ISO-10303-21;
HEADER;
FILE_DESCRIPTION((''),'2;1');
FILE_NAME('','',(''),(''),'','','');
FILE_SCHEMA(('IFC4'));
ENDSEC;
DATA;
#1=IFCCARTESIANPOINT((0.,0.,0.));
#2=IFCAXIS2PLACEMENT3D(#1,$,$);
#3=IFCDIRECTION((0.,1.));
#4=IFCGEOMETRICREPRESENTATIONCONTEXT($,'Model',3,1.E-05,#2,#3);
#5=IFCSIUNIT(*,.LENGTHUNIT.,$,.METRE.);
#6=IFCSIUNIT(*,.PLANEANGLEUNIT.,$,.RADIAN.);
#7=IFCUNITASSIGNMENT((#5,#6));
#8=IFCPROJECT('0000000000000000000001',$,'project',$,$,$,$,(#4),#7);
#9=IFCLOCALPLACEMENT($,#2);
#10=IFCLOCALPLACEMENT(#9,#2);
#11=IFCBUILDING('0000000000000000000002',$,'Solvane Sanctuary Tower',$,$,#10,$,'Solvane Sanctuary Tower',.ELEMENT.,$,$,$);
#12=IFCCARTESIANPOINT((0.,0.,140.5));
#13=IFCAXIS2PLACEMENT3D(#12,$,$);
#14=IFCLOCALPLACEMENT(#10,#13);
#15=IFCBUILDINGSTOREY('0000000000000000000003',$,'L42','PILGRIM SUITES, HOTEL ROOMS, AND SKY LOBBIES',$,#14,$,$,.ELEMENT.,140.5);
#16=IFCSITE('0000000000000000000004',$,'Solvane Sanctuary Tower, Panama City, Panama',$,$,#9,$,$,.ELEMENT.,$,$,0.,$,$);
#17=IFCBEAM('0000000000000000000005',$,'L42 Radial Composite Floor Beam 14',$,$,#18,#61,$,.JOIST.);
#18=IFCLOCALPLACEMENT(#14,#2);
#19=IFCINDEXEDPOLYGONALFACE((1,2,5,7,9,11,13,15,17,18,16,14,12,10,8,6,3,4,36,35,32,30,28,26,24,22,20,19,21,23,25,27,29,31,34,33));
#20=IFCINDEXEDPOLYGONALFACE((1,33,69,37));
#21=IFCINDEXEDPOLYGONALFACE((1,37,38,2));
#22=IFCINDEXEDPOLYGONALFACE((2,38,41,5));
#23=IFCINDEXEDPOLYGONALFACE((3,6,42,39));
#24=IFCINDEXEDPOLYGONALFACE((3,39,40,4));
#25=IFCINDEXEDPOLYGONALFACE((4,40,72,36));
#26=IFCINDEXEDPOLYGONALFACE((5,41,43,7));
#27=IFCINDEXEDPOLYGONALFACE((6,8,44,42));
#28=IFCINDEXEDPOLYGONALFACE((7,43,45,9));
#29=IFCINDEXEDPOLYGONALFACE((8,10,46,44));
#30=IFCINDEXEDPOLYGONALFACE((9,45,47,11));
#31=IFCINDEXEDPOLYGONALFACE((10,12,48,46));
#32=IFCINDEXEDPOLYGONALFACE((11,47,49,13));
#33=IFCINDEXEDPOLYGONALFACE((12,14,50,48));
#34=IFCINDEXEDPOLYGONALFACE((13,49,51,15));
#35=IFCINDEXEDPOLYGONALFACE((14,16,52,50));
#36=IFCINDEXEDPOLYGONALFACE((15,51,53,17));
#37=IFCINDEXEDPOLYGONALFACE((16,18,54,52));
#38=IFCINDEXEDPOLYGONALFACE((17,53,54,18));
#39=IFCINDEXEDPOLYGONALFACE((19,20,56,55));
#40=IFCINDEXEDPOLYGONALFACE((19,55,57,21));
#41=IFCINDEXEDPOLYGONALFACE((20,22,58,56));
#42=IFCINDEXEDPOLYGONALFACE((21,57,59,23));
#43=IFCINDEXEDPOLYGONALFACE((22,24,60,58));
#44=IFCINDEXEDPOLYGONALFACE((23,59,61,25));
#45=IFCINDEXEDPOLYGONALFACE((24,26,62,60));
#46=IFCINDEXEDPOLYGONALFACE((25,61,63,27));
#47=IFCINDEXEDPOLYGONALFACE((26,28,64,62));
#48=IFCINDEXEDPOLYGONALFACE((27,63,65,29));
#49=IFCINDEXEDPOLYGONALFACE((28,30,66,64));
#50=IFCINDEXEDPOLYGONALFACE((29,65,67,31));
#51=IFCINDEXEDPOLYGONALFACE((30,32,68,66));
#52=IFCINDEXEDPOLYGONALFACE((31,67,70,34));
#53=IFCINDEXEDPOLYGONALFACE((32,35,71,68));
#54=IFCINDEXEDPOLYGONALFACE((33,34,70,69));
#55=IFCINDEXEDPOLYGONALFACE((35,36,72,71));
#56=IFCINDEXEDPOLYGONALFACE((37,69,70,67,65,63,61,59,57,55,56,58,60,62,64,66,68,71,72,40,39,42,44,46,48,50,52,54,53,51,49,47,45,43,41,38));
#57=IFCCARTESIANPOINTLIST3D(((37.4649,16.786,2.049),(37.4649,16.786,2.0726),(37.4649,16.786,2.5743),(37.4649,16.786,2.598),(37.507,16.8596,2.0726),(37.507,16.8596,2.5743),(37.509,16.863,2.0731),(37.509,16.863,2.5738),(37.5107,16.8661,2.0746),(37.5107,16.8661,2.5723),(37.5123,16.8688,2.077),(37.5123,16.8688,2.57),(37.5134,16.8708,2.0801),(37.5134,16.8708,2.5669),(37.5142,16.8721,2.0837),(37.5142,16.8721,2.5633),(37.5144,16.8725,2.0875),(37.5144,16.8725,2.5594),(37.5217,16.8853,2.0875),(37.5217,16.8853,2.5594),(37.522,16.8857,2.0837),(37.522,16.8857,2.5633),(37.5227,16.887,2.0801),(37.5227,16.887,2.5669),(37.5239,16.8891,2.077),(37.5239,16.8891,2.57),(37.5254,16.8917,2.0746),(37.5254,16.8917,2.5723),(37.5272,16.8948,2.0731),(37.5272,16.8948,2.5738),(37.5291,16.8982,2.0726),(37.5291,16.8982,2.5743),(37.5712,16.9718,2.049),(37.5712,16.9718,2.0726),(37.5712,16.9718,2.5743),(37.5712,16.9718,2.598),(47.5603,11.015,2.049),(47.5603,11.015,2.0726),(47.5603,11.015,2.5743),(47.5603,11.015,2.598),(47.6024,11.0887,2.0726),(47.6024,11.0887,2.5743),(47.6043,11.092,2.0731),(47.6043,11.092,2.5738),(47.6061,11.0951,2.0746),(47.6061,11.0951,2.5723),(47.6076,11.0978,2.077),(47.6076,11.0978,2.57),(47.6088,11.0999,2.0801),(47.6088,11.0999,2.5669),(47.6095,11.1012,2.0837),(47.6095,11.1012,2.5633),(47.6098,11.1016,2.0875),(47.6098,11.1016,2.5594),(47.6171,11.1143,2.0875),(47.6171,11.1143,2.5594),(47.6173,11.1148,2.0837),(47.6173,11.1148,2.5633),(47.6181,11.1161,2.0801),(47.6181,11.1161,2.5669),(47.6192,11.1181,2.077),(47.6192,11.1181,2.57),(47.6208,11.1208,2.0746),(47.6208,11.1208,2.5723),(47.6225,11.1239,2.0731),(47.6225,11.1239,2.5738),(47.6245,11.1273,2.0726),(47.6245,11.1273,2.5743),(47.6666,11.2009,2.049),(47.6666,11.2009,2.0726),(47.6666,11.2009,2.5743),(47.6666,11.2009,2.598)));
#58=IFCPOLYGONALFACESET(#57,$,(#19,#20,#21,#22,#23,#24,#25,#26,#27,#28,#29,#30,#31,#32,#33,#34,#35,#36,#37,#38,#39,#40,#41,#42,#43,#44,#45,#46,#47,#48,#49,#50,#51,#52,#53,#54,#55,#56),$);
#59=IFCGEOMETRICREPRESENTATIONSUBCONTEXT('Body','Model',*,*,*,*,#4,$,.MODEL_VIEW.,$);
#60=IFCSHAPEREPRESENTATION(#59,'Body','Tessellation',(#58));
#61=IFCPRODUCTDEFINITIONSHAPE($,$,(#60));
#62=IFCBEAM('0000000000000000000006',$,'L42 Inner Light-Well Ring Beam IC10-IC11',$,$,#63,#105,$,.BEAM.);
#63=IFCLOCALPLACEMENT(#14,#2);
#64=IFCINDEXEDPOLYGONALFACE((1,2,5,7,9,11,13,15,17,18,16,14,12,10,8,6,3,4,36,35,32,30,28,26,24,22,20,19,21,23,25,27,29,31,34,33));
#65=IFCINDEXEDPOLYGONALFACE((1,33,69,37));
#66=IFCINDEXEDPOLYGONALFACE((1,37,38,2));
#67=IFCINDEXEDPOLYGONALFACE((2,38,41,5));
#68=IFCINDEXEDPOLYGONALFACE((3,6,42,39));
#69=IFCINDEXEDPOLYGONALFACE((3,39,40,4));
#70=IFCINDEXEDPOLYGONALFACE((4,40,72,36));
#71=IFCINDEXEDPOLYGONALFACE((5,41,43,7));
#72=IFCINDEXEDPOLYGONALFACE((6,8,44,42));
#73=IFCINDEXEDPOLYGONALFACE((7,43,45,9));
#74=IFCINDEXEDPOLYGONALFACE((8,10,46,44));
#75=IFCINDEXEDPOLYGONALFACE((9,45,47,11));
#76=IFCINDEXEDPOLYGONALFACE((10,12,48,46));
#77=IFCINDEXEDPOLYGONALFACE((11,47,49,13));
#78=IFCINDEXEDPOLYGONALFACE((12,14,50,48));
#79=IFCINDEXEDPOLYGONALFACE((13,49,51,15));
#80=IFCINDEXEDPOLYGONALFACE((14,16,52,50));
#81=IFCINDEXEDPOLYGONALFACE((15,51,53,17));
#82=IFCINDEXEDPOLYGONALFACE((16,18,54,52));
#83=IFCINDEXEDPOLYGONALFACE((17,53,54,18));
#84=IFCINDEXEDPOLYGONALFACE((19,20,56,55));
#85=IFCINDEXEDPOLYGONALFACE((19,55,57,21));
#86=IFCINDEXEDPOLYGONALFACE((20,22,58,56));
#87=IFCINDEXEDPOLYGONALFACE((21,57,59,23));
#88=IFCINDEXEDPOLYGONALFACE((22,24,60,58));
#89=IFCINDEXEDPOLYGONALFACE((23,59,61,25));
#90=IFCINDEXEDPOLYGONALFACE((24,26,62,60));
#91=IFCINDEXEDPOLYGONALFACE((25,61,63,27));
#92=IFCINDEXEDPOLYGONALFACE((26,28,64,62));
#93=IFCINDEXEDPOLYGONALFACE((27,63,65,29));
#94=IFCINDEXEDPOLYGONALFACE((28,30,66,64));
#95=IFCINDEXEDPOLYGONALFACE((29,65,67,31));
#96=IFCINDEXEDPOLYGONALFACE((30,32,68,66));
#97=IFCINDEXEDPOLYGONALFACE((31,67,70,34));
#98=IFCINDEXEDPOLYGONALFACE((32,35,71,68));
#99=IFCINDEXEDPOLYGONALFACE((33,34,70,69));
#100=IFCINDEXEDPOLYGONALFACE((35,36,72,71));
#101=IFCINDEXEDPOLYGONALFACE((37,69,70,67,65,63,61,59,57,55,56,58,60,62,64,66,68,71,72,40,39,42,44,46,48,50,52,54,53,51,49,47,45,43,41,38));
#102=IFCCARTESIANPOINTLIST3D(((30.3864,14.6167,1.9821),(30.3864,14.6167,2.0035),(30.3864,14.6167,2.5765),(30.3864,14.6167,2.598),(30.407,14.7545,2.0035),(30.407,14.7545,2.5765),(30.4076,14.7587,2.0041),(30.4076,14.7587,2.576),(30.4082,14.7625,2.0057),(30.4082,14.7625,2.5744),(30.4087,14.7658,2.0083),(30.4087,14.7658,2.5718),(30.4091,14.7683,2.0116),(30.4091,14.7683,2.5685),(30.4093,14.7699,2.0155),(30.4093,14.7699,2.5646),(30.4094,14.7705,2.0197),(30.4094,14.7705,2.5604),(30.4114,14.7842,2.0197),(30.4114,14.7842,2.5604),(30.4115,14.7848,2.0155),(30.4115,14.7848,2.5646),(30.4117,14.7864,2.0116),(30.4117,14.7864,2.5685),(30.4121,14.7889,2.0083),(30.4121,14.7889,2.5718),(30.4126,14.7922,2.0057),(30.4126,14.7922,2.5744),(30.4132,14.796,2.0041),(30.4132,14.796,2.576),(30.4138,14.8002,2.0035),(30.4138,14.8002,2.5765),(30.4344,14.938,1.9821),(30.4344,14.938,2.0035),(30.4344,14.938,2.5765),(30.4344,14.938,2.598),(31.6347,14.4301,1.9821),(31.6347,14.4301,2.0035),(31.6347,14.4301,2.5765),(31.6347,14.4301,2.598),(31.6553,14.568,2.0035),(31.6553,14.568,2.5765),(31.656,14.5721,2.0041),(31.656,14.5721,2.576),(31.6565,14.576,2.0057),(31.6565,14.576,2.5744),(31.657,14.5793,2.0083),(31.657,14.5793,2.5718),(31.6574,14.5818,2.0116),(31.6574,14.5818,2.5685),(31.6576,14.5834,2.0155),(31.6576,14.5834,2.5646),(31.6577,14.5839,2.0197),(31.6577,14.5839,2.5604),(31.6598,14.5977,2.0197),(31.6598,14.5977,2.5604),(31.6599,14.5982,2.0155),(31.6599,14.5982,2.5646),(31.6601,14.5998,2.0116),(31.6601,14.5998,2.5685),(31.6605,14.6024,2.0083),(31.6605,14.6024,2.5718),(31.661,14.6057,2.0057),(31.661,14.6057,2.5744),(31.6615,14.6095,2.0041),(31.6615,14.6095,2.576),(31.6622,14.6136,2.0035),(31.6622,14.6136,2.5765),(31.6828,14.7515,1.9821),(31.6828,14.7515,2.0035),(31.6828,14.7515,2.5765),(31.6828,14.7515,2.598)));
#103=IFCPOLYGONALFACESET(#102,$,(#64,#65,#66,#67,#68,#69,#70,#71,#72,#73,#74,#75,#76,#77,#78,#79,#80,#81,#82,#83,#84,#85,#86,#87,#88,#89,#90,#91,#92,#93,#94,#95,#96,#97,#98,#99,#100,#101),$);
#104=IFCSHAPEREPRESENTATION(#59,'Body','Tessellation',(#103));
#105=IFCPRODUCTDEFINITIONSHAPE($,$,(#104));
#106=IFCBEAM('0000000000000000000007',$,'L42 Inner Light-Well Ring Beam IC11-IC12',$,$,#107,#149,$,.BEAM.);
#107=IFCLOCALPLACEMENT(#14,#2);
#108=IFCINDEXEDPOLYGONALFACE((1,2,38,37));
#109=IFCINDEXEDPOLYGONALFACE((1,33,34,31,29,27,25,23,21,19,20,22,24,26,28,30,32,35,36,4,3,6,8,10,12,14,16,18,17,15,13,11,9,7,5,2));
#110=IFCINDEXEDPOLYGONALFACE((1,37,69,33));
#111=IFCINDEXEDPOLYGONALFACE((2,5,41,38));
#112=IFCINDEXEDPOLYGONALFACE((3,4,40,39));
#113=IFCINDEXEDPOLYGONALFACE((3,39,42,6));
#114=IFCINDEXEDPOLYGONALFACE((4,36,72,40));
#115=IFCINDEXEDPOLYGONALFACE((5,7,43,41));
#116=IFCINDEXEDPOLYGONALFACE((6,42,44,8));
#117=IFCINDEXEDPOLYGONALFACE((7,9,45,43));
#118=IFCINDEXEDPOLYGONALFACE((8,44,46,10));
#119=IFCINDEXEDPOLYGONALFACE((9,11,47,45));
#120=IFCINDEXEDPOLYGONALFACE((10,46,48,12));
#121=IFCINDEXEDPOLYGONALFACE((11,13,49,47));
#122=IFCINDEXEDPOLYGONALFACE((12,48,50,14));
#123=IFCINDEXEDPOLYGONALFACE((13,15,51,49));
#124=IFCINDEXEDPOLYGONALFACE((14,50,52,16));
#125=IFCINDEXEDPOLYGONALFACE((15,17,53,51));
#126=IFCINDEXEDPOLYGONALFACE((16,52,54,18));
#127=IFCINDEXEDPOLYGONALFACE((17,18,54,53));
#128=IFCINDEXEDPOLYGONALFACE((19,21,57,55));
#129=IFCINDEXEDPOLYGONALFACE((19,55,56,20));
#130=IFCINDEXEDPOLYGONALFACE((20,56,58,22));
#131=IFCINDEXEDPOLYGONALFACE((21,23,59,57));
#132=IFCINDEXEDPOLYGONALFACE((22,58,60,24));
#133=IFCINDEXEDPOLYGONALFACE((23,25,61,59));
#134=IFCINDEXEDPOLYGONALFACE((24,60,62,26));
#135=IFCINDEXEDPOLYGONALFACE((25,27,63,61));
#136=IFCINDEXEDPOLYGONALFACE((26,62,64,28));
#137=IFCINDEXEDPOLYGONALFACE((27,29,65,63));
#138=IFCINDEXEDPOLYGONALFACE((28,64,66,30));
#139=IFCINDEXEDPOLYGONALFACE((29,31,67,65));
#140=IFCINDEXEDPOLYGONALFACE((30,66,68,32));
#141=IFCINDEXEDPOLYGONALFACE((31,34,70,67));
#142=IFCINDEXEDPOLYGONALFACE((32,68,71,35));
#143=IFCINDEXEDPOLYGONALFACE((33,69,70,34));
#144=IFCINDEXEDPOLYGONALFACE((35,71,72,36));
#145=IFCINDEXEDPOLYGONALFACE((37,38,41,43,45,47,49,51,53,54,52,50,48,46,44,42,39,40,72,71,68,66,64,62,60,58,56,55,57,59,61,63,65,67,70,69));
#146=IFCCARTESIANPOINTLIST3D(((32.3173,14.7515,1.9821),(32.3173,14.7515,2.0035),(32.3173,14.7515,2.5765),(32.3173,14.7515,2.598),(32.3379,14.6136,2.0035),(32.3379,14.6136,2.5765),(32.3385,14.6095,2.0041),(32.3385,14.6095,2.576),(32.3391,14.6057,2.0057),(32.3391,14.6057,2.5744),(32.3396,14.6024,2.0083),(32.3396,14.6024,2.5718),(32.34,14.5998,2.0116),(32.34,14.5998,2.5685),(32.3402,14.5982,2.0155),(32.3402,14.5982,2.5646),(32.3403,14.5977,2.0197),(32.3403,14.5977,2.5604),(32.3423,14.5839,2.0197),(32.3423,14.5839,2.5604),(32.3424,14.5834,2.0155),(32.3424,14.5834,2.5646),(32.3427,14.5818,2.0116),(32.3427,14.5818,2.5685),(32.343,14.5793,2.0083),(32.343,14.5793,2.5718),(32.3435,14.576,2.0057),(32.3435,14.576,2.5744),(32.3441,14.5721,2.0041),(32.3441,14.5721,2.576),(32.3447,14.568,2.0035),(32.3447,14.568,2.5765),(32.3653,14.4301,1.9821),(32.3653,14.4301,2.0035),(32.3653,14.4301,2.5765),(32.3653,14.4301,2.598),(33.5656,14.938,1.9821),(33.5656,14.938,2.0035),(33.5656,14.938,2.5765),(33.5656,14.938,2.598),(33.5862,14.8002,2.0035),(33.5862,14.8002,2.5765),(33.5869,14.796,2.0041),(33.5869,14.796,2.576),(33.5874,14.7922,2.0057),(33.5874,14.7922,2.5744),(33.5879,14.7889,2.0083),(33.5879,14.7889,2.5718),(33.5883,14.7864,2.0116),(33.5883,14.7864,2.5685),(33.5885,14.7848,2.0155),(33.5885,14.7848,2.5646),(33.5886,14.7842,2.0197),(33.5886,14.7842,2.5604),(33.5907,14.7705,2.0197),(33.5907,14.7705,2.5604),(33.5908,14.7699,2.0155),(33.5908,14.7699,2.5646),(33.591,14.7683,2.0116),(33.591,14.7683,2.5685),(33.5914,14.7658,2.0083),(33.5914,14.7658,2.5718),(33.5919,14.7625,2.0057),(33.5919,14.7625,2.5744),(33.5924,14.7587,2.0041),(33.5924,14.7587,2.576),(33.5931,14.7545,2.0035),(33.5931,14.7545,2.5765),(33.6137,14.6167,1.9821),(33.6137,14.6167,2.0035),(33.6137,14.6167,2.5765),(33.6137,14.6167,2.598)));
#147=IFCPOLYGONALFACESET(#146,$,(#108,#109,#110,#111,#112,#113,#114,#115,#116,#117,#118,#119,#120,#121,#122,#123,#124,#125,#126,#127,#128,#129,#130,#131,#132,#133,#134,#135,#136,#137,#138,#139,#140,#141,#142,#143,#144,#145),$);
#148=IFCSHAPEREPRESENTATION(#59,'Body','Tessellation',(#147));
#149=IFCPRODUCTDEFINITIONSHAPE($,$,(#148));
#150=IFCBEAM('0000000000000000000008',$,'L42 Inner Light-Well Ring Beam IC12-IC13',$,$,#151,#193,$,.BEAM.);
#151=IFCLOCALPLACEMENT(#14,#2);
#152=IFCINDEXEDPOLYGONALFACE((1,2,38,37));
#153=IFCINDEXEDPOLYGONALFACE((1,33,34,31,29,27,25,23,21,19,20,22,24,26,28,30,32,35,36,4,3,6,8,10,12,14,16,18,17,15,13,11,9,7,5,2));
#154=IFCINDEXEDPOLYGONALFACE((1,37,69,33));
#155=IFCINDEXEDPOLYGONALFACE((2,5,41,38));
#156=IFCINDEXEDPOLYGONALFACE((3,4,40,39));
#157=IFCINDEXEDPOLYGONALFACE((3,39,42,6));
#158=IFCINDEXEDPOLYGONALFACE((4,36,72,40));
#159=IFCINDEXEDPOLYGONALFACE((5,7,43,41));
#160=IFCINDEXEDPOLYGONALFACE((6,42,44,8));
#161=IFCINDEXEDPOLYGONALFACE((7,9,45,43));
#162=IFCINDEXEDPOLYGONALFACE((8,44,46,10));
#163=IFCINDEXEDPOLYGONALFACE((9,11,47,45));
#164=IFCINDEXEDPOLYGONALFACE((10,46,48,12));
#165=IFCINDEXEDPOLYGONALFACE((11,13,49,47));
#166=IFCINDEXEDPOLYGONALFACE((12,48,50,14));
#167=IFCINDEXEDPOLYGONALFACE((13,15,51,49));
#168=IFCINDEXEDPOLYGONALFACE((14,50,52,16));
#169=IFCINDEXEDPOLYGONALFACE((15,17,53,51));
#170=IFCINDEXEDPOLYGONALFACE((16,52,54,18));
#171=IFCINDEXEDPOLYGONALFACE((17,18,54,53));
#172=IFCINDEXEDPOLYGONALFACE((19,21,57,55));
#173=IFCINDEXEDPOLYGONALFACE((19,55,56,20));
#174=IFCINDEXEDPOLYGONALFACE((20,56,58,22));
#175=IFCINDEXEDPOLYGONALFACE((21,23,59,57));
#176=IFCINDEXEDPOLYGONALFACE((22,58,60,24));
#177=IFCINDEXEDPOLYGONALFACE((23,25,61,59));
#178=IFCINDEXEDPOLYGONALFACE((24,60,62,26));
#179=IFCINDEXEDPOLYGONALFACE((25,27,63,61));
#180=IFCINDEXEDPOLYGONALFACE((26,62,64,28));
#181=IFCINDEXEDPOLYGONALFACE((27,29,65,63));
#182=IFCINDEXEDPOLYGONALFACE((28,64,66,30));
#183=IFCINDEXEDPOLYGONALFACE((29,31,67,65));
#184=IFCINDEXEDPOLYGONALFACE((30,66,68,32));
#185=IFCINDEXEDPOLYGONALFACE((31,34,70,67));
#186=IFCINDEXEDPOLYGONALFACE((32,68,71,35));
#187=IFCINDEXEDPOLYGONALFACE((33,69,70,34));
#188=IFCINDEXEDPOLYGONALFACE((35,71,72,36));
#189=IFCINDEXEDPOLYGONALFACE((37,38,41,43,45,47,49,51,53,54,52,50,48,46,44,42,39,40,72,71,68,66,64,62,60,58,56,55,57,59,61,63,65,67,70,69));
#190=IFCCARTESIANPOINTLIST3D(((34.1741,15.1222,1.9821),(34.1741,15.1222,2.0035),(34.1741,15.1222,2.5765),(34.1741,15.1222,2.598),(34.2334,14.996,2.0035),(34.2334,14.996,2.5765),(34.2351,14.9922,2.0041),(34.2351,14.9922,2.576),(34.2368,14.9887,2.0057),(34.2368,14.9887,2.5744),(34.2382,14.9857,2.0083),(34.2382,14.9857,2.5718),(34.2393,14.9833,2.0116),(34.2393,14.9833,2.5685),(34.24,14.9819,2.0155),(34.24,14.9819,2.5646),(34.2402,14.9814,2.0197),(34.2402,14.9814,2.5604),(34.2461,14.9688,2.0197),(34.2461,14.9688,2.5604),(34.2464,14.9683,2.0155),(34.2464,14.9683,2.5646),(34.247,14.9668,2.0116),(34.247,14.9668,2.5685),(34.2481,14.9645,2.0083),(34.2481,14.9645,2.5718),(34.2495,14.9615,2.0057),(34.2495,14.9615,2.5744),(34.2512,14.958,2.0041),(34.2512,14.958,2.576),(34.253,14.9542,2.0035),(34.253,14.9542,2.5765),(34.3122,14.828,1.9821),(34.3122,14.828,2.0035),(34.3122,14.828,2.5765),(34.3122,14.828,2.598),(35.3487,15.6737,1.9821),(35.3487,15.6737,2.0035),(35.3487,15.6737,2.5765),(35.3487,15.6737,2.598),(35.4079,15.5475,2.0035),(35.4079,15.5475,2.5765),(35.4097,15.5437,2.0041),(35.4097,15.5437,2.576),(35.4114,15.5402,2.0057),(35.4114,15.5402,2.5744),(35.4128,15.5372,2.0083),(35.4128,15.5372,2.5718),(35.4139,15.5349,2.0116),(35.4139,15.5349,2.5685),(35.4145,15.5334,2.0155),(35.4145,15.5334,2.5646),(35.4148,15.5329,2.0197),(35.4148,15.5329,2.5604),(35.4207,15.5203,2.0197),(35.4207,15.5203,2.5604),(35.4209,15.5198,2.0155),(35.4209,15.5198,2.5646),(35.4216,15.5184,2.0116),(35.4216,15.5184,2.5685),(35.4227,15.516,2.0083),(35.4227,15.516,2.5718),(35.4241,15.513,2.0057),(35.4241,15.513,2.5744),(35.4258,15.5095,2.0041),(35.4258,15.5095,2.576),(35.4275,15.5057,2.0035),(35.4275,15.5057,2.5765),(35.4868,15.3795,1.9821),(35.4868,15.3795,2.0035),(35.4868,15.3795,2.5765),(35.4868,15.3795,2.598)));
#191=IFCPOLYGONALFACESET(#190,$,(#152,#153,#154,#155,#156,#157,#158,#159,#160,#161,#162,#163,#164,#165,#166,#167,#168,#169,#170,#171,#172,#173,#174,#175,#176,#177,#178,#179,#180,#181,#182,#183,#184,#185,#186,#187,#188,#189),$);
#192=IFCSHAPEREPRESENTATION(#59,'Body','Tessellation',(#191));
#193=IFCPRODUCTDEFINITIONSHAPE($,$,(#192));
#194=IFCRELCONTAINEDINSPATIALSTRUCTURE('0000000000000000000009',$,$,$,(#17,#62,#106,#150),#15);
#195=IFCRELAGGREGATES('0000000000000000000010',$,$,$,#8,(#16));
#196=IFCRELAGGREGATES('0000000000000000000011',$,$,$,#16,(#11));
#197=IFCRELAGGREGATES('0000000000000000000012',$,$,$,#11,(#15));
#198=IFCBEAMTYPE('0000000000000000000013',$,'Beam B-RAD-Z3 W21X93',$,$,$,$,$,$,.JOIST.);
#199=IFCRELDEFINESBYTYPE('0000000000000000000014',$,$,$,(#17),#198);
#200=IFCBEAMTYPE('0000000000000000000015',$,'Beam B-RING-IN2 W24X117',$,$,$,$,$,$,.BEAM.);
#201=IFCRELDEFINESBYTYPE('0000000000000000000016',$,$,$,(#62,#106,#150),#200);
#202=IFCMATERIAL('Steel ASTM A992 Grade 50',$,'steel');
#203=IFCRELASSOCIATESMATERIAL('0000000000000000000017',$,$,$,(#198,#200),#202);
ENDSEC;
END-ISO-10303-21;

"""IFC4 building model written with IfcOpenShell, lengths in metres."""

from ifc_helpers import new_model, si_unit, direction, frame, origin, origin_2d, place, context, subcontext, project, spatial, i_section, extrude, material, material_profile, profile_set, type_object, element, save


model = new_model("IFC4")

# Units and contexts
model_context = context("Model", 3, precision=1e-05, world=origin(), true_north=direction((0.0, 1.0)))
body_context = subcontext(model_context, "Body", "Model", "MODEL_VIEW")
ifc_project = project(units=[si_unit("LENGTHUNIT", "METRE"), si_unit("PLANEANGLEUNIT", "RADIAN")], contexts=[model_context])

# Site, building, storey
site_placement = place(None, origin())
site = spatial("IfcSite", under=ifc_project, at=site_placement, Name="Solvane Sanctuary Tower, Panama City, Panama", CompositionType="ELEMENT", RefElevation=0.0)
building_placement = place(site_placement, origin())
building = spatial("IfcBuilding", under=site, at=building_placement, Name="Solvane Sanctuary Tower", LongName="Solvane Sanctuary Tower", CompositionType="ELEMENT")
storey_placement = place(building_placement, frame((0.0, 0.0, 140.5)))
storey = spatial("IfcBuildingStorey", under=building, at=storey_placement, Name="L42", Description="PILGRIM SUITES, HOTEL ROOMS, AND SKY LOBBIES", CompositionType="ELEMENT", Elevation=140.5)

# Beams
ifc_material_1 = material(Name="Steel ASTM A992 Grade 50", Category="steel")
ifc_material_profile_1 = material_profile(ifc_material_1, i_section(OverallWidth=0.2141, OverallDepth=0.5491, WebThickness=0.0146, FlangeThickness=0.0237, FilletRadius=0.0149, at=origin_2d()), Name="W21X93")
ifc_profile_set_1 = profile_set([ifc_material_profile_1], Name="Steel ASTM A992 Grade 50")
beam_type_1 = type_object("IfcBeamType", Name="Beam B-RAD-Z3 W21X93", PredefinedType="JOIST", material=ifc_profile_set_1)
beam_1_placement = place(storey_placement, frame((37.5181, 16.8789, 2.3235), z_axis=(0.868163, -0.496279, 0.0), x_axis=(0.496279, 0.868163, 0.0)))
element("IfcBeam", 1, at=beam_1_placement, inside=storey, type_object=beam_type_1, Name="L42 Radial Composite Floor Beam 14", PredefinedType="JOIST", context=body_context, shape_type="SweptSolid", body=[
    extrude(i_section(OverallWidth=0.2141, OverallDepth=0.5491, WebThickness=0.0146, FlangeThickness=0.0237, FilletRadius=0.0149, at=origin_2d()), origin(), (0.0, 0.0, 1.0), 11.6284),
])
ifc_material_profile_2 = material_profile(ifc_material_1, i_section(OverallWidth=0.325, OverallDepth=0.616, WebThickness=0.0139, FlangeThickness=0.0215, FilletRadius=0.0161, at=origin_2d()), Name="W24X117")
ifc_profile_set_2 = profile_set([ifc_material_profile_2], Name="Steel ASTM A992 Grade 50")
beam_type_2 = type_object("IfcBeamType", Name="Beam B-RING-IN2 W24X117", PredefinedType="BEAM", material=ifc_profile_set_2)
for number, where, z_axis, x_axis, name in (
    (2, (30.4104, 14.7773, 2.29), (0.98902, -0.147782, 0.0), (0.147782, 0.98902, 0.0), "L42 Inner Light-Well Ring Beam IC10-IC11"),
    (3, (32.3413, 14.5908, 2.29), (0.98902, 0.147782, 0.0), (-0.147782, 0.98902, 0.0), "L42 Inner Light-Well Ring Beam IC11-IC12"),
):
    element("IfcBeam", number, at=place(storey_placement, frame(where, z_axis=z_axis, x_axis=x_axis)), inside=storey, type_object=beam_type_2, Name=name, PredefinedType="BEAM", context=body_context, shape_type="SweptSolid", body=[
        extrude(i_section(OverallWidth=0.325, OverallDepth=0.616, WebThickness=0.0139, FlangeThickness=0.0215, FilletRadius=0.0161, at=origin_2d()), origin(), (0.0, 0.0, 1.0), 1.2622),
    ])
beam_2_placement = place(storey_placement, frame((34.2432, 14.9751, 2.29), z_axis=(0.905181, 0.425027, 0.0), x_axis=(-0.425027, 0.905181, 0.0)))
element("IfcBeam", 4, at=beam_2_placement, inside=storey, type_object=beam_type_2, Name="L42 Inner Light-Well Ring Beam IC12-IC13", PredefinedType="BEAM", context=body_context, shape_type="SweptSolid", body=[
    extrude(i_section(OverallWidth=0.325, OverallDepth=0.616, WebThickness=0.0139, FlangeThickness=0.0215, FilletRadius=0.0161, at=origin_2d()), origin(), (0.0, 0.0, 1.0), 1.2976),
])

save(model, "model.ifc")
